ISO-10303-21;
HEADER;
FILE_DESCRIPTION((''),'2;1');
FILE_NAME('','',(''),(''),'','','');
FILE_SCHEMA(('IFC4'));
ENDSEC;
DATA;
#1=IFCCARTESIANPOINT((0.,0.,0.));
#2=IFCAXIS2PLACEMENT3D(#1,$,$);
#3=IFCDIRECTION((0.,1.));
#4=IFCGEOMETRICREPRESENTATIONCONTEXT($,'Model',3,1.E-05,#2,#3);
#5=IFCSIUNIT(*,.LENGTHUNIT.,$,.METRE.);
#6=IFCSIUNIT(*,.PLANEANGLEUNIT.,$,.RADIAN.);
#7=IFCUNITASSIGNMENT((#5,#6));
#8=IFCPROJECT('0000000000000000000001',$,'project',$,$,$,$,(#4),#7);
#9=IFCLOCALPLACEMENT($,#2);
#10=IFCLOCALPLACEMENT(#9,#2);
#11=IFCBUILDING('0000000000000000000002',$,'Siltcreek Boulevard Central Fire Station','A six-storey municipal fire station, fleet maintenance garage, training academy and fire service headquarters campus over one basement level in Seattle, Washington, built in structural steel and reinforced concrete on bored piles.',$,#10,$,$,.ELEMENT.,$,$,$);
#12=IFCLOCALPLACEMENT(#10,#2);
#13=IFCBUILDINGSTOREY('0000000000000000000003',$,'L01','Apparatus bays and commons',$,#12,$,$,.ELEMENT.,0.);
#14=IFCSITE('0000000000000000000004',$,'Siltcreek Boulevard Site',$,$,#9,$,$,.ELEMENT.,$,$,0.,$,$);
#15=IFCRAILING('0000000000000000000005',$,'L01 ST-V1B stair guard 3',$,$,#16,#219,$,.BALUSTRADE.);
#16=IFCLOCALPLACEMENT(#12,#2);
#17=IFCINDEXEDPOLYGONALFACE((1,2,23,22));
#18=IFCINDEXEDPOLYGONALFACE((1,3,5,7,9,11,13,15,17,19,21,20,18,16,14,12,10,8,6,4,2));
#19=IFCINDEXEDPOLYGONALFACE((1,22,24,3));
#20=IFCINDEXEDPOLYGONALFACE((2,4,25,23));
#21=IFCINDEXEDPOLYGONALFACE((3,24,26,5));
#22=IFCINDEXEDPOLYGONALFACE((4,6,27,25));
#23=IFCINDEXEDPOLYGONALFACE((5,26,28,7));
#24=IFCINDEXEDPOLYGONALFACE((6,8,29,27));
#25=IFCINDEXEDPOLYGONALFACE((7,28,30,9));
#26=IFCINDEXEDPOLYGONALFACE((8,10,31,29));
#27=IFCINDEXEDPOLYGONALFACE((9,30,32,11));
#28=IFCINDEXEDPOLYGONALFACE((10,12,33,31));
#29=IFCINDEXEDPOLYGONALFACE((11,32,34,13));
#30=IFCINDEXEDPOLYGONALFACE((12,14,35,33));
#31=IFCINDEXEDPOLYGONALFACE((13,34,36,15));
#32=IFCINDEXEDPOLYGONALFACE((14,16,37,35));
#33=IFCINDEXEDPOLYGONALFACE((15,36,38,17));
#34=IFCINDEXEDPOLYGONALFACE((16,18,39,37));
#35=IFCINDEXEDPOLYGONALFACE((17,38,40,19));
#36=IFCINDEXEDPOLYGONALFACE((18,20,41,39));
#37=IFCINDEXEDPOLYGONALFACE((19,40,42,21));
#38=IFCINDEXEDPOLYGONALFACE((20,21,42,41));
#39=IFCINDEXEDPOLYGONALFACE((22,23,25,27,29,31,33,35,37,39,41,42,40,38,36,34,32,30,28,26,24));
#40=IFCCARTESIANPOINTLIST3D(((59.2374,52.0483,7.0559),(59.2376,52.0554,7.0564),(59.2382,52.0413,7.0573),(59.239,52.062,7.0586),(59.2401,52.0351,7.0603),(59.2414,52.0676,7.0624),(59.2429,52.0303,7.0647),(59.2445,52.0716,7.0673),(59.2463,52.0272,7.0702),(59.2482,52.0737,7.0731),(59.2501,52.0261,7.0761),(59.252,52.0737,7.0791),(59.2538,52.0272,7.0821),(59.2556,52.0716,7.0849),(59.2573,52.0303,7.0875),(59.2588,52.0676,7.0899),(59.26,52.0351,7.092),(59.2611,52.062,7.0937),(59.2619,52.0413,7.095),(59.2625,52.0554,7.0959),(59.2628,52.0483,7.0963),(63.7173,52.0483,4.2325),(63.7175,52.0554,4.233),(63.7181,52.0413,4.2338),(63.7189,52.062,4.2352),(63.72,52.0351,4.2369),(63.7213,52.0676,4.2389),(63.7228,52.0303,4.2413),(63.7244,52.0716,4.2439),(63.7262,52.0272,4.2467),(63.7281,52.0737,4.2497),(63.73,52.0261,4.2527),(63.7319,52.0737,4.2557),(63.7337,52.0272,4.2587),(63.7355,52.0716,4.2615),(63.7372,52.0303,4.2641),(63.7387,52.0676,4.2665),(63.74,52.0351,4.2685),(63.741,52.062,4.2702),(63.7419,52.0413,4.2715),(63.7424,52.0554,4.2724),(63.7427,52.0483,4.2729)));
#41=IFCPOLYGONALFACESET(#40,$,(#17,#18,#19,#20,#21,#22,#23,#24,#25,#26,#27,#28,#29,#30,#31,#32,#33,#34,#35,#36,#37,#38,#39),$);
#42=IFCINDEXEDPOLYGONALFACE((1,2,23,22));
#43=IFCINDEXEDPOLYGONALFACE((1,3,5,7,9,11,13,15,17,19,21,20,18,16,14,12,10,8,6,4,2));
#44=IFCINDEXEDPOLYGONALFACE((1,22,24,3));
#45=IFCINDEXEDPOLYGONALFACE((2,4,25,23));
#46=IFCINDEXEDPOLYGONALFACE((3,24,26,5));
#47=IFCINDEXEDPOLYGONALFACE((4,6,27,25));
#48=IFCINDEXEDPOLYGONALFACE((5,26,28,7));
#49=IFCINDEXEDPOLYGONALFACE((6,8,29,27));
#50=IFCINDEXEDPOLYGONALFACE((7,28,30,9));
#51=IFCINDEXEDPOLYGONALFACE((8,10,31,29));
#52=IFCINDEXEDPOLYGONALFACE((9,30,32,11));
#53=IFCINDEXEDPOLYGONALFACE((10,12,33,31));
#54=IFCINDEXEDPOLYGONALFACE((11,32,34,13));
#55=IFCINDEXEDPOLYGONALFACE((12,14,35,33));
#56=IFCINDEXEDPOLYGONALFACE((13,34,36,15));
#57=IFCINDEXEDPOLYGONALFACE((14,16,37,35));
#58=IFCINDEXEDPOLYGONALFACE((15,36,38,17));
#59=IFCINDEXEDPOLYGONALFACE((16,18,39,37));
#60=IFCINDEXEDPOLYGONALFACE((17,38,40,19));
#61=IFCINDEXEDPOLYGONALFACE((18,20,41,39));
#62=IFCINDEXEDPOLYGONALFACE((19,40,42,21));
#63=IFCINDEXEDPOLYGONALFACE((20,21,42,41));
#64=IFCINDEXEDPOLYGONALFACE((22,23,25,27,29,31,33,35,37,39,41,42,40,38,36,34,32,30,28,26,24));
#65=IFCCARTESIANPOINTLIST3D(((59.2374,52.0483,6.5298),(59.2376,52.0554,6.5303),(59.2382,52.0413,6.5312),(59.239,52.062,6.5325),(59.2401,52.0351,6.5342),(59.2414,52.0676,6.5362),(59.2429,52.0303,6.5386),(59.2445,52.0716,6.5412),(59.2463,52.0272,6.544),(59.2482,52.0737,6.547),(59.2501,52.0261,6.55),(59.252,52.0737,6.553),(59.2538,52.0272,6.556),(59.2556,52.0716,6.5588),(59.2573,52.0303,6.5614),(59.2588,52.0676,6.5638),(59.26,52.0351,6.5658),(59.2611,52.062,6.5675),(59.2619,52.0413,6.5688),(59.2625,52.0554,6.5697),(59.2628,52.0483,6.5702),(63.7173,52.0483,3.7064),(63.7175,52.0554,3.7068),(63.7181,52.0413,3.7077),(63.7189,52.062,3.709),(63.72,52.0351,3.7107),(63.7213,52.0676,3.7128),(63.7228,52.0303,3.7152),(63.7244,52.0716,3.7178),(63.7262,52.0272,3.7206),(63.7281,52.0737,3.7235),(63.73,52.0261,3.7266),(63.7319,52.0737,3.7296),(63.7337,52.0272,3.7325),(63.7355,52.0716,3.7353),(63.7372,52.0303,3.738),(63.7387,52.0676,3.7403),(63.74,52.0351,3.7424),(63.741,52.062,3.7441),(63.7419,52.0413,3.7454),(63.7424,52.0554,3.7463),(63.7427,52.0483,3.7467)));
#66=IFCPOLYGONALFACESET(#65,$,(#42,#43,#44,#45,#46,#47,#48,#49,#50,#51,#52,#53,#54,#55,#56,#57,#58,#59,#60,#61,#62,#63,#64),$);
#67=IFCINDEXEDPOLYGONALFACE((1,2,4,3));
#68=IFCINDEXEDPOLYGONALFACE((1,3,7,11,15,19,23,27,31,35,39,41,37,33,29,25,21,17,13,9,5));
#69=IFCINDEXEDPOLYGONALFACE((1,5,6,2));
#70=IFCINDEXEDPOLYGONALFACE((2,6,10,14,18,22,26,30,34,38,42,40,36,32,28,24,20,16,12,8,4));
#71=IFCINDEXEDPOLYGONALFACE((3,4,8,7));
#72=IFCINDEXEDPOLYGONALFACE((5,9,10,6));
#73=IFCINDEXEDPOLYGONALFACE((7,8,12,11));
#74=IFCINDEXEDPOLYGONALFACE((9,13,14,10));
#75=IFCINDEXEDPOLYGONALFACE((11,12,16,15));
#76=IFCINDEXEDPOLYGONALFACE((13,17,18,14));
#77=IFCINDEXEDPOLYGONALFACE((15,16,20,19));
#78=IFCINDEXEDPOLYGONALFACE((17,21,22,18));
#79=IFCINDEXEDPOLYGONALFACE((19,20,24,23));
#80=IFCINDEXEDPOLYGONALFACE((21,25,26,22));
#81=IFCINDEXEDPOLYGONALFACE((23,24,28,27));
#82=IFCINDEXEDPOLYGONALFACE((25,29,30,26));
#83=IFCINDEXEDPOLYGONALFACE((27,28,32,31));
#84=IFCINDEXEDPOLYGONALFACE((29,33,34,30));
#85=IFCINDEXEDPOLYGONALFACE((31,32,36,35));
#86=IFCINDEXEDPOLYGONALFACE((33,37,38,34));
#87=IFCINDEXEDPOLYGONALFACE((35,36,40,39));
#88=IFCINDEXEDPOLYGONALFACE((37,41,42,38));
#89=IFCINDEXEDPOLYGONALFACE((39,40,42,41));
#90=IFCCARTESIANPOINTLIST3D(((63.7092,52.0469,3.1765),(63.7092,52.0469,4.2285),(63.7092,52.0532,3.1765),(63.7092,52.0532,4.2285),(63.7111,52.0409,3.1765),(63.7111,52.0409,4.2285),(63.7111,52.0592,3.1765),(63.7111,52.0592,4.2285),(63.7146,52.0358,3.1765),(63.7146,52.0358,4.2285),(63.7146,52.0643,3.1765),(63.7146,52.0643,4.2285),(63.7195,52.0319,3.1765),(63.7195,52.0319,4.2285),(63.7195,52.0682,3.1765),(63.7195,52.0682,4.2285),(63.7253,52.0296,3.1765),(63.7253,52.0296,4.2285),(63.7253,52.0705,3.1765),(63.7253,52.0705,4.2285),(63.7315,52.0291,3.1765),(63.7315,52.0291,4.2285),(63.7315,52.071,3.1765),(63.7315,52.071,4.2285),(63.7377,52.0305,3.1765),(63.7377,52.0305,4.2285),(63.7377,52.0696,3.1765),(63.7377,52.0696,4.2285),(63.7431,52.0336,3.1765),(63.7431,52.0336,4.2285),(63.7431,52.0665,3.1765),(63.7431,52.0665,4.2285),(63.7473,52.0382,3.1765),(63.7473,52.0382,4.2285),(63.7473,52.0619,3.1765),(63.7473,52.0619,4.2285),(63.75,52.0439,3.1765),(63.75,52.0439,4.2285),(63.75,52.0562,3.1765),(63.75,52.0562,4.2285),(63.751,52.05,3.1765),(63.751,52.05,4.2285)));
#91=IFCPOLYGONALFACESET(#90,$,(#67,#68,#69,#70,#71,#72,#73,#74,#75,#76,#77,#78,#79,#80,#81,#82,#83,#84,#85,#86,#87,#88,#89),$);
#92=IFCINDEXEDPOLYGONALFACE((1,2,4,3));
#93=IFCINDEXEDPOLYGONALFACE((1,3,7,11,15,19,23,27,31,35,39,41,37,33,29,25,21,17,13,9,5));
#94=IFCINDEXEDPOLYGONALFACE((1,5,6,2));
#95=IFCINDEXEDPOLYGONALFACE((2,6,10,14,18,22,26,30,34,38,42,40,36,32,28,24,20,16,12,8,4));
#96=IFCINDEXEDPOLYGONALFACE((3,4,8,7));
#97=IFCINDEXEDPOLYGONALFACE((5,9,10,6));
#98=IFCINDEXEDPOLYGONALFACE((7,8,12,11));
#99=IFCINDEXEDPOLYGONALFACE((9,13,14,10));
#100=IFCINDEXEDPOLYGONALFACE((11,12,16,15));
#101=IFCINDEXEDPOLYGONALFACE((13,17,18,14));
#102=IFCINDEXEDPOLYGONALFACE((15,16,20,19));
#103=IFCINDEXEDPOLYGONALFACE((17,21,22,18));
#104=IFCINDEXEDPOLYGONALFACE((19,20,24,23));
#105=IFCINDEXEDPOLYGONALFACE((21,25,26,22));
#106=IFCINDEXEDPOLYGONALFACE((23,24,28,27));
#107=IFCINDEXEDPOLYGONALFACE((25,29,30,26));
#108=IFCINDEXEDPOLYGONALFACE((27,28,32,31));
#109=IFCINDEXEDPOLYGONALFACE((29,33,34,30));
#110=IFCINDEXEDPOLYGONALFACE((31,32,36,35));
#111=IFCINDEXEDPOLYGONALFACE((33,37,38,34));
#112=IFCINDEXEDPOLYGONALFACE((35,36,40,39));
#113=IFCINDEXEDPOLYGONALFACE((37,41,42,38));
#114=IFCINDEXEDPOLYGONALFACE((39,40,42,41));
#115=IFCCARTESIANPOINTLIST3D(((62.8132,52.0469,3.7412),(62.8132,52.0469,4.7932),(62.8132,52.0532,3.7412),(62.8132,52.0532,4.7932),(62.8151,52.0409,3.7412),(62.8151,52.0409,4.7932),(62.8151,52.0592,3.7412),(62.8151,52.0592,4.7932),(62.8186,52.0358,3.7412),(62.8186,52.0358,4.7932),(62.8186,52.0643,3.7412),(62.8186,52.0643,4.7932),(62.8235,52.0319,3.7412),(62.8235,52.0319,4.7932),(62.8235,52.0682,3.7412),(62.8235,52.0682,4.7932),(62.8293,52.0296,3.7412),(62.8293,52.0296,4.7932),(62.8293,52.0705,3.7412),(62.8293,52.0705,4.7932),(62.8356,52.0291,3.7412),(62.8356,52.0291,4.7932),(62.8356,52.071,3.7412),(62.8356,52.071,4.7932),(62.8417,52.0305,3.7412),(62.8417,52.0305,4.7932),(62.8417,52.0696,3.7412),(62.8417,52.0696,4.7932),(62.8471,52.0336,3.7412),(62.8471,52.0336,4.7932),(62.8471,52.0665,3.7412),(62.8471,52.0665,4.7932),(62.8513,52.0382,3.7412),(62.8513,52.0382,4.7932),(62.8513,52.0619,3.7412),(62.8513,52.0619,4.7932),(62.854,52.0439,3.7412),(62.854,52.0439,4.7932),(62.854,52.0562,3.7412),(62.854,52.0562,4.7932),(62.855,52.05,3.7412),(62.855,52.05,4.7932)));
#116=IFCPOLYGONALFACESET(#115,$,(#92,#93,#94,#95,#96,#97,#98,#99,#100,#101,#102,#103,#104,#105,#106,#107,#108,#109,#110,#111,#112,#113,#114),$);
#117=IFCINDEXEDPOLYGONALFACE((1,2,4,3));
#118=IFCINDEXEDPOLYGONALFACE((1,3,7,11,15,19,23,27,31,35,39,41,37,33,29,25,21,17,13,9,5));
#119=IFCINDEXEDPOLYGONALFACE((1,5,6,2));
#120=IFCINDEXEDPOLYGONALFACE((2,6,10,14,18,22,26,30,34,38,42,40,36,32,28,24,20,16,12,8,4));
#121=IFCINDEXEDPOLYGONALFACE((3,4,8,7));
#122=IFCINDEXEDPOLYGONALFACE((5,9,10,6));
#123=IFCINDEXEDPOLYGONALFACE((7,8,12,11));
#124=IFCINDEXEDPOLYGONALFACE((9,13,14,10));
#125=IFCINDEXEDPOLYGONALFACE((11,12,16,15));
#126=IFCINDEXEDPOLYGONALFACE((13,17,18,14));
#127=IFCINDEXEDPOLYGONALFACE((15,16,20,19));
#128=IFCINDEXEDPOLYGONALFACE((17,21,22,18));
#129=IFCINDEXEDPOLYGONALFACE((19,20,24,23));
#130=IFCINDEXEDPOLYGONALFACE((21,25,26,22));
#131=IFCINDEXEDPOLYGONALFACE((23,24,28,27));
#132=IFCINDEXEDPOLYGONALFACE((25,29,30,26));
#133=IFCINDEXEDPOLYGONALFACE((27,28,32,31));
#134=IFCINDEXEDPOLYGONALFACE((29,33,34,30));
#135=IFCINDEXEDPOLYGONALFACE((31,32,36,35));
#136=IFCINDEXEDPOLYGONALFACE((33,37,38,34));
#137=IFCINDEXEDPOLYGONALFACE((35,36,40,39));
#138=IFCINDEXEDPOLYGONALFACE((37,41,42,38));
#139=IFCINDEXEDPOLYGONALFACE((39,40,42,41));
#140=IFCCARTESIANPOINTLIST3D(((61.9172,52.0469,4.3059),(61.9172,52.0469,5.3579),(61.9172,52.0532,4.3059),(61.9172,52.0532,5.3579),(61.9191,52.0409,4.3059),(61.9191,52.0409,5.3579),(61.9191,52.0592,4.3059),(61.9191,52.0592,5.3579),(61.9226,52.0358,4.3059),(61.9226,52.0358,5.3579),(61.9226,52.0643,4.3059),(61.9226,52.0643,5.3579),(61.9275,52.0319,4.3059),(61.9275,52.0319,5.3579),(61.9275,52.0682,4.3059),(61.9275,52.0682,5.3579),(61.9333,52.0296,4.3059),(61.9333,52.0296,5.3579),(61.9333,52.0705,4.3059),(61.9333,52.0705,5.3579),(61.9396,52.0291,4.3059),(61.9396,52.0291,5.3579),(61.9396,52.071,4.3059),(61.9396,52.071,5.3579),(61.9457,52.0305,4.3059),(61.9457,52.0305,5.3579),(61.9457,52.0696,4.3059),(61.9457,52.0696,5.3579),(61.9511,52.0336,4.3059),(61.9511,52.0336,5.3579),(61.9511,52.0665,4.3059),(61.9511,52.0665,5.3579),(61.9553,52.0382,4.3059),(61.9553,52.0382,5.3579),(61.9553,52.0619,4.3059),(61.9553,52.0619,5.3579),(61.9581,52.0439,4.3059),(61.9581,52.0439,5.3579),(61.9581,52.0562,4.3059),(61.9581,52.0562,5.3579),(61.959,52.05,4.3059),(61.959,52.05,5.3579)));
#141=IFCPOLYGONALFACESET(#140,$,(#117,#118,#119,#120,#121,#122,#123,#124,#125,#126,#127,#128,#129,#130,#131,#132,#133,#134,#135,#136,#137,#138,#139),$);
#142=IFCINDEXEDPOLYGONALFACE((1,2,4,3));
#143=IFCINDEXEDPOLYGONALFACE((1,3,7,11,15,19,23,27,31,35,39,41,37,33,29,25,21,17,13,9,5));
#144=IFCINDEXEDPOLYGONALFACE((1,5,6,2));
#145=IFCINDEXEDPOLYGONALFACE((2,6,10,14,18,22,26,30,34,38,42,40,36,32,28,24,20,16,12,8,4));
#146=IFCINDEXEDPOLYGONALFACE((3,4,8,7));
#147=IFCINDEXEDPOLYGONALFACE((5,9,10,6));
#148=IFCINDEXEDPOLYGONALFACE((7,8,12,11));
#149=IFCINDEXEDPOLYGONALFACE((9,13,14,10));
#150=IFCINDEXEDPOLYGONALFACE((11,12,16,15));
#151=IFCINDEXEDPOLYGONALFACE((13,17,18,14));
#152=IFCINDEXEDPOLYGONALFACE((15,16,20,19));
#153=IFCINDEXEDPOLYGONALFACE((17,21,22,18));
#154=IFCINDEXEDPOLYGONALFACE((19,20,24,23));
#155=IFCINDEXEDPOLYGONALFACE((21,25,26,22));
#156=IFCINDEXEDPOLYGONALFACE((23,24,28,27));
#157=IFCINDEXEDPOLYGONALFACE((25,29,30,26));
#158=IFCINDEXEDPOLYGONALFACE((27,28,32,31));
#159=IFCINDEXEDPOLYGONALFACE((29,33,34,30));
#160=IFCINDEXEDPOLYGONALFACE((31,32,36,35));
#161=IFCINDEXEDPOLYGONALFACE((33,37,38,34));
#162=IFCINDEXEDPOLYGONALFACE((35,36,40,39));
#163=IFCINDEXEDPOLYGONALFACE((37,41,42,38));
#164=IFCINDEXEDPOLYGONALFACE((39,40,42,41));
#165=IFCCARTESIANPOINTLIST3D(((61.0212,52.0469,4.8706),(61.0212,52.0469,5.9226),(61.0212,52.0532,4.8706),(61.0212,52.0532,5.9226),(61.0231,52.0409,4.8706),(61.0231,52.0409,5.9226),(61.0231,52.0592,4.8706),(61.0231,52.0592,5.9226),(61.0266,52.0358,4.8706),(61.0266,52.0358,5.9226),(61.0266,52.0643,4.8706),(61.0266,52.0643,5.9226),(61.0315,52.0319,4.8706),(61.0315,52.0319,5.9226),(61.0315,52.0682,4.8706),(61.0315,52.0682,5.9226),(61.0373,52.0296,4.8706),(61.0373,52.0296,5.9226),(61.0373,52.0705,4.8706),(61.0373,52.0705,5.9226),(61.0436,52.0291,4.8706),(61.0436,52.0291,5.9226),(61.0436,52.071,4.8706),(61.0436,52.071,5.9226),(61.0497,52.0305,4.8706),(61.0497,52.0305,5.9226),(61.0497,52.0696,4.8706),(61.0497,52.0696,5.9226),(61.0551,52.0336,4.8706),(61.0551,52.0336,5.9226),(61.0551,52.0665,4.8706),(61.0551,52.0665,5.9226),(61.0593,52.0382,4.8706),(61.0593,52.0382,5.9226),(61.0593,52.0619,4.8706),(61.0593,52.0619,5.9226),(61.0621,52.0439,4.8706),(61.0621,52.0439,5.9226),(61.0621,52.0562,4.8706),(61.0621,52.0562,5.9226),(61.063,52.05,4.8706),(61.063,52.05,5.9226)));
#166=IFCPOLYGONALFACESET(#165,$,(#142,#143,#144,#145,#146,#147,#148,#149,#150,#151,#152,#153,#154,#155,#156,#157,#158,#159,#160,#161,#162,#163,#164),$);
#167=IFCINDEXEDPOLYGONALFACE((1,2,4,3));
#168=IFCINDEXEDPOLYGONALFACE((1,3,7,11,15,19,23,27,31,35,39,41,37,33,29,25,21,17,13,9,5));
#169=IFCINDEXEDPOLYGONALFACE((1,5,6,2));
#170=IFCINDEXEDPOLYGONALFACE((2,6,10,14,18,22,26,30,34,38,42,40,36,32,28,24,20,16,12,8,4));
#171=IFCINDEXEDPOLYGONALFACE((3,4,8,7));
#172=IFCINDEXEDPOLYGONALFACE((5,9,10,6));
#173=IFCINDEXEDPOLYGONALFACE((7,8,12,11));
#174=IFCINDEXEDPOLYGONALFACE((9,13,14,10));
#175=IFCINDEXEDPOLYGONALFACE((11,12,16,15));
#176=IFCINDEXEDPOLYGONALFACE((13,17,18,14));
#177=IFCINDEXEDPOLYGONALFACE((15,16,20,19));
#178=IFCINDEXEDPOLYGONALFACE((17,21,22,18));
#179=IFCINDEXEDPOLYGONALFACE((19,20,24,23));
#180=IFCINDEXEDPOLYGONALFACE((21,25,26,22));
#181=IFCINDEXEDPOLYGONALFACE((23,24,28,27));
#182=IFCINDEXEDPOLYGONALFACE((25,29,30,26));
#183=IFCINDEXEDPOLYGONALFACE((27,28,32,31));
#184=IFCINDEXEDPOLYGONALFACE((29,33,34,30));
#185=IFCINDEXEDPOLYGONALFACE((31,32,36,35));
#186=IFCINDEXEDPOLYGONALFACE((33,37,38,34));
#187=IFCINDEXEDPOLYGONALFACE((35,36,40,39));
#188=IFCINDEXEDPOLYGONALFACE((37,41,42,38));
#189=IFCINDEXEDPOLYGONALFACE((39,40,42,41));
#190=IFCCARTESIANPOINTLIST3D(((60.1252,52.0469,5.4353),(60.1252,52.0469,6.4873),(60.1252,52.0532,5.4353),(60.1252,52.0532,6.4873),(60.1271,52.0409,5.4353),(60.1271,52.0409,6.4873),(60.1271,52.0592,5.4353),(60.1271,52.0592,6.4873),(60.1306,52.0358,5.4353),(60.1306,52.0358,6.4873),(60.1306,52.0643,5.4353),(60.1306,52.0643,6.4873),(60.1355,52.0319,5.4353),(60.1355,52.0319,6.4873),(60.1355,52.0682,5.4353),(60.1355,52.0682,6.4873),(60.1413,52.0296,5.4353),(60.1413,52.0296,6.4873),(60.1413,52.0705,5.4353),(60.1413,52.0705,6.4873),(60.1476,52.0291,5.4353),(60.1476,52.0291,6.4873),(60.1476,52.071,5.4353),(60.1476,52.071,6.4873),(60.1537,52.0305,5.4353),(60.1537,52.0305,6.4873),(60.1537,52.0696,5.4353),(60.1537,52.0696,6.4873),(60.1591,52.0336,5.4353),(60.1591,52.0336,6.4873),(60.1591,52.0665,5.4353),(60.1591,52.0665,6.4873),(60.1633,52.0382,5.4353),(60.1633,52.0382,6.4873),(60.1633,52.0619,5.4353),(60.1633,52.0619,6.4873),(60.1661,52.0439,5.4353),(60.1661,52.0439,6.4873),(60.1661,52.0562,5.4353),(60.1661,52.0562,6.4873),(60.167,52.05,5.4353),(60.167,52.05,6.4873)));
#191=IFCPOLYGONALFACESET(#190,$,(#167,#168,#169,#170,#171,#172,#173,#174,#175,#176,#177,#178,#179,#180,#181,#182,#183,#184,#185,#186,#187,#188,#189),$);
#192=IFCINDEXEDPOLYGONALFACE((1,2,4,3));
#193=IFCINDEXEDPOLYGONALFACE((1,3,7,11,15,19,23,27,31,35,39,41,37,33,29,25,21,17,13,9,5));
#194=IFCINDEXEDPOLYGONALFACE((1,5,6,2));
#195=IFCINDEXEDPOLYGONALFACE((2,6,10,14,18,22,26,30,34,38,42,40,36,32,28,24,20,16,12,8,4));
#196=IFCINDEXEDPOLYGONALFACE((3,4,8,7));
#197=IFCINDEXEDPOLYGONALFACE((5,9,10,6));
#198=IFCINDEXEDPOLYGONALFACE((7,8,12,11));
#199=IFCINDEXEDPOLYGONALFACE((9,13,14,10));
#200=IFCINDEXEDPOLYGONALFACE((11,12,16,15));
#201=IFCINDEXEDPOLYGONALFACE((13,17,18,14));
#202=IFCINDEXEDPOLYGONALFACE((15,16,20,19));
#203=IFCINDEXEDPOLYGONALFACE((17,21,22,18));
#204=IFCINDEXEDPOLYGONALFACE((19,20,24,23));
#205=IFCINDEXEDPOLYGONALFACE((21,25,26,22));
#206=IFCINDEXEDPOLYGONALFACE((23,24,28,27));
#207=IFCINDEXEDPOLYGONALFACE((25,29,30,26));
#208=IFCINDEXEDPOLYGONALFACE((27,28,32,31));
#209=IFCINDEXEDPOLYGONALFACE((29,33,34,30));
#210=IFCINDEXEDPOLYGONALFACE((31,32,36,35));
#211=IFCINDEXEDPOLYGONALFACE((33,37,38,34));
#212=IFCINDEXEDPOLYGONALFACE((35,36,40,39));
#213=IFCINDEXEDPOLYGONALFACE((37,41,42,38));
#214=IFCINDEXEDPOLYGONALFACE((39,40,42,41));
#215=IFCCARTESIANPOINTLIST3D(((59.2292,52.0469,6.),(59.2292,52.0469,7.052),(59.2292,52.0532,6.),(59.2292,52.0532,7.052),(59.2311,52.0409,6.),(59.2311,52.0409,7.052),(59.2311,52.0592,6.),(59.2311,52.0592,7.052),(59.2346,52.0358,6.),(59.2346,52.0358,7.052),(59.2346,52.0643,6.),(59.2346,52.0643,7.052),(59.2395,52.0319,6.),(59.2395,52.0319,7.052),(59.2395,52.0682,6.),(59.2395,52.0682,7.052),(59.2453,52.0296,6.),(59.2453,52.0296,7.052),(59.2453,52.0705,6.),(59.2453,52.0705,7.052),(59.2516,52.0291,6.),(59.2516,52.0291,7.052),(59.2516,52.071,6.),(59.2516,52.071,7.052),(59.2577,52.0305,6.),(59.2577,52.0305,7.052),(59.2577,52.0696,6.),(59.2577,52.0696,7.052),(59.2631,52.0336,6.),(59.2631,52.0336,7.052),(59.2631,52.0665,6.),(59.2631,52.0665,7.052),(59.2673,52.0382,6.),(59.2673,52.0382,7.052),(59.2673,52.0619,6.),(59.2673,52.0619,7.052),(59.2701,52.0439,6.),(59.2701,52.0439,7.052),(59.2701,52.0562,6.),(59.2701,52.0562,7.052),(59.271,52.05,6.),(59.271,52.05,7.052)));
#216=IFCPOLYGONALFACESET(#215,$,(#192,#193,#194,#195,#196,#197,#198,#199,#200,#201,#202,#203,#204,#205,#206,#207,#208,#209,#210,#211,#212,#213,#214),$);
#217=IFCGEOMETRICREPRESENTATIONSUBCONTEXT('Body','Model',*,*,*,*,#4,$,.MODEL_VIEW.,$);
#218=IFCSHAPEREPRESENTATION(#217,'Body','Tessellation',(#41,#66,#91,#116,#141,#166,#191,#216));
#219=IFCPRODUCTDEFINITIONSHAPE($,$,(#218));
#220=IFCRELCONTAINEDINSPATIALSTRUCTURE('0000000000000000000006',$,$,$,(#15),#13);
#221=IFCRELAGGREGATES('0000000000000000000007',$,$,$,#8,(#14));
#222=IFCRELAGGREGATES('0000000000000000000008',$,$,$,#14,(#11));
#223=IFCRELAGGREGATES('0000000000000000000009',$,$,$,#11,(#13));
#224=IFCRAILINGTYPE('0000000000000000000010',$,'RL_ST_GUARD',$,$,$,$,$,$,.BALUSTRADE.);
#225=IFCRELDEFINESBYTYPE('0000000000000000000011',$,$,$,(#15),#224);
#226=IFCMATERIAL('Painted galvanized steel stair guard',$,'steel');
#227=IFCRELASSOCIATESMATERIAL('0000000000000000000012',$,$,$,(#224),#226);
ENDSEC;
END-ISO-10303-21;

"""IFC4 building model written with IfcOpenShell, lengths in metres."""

from ifc_helpers import new_model, si_unit, direction, frame, origin, origin_2d, place, context, subcontext, project, spatial, circle, extrude, material, type_object, element, save


model = new_model("IFC4")

# Units and contexts
model_context = context("Model", 3, precision=1e-05, world=origin(), true_north=direction((0.0, 1.0)))
body_context = subcontext(model_context, "Body", "Model", "MODEL_VIEW")
ifc_project = project(units=[si_unit("LENGTHUNIT", "METRE"), si_unit("PLANEANGLEUNIT", "RADIAN")], contexts=[model_context])

# Site, building, storey
site_placement = place(None, origin())
site = spatial("IfcSite", under=ifc_project, at=site_placement, Name="Siltcreek Boulevard Site", CompositionType="ELEMENT", RefElevation=0.0)
building_placement = place(site_placement, origin())
building = spatial("IfcBuilding", under=site, at=building_placement, Name="Siltcreek Boulevard Central Fire Station", Description="A six-storey municipal fire station, fleet maintenance garage, training academy and fire service headquarters campus over one basement level in Seattle, Washington, built in structural steel and reinforced concrete on bored piles.", CompositionType="ELEMENT")
storey_placement = place(building_placement, origin())
storey = spatial("IfcBuildingStorey", under=building, at=storey_placement, Name="L01", Description="Apparatus bays and commons", CompositionType="ELEMENT", Elevation=0.0)

# Railing
ifc_material_1 = material(Name="Painted galvanized steel stair guard", Category="steel")
railing_type_1 = type_object("IfcRailingType", Name="RL_ST_GUARD", PredefinedType="BALUSTRADE", material=ifc_material_1)
railing_1_placement = place(storey_placement, frame((63.73, 52.05, 3.1765)))
element("IfcRailing", 1, at=railing_1_placement, inside=storey, type_object=railing_type_1, Name="L01 ST-V1B stair guard 3", PredefinedType="BALUSTRADE", context=body_context, shape_type="SweptSolid", body=[
    extrude(circle(Radius=0.0239, at=origin_2d()), frame((0.0, 0.0, 1.0762), z_axis=(-0.845998, 0.0, 0.533186), x_axis=(0.0, -1.0, 0.0)), (0.0, 0.0, 1.0), 5.2954),
    extrude(circle(Radius=0.0239, at=origin_2d()), frame((0.0, 0.0, 0.55), z_axis=(-0.845998, 0.0, 0.533186), x_axis=(0.0, -1.0, 0.0)), (0.0, 0.0, 1.0), 5.2954),
    extrude(circle(Radius=0.021, at=origin_2d()), origin(), (0.0, 0.0, 1.0), 1.052),
    extrude(circle(Radius=0.021, at=origin_2d()), frame((-0.896, 0.0, 0.5647)), (0.0, 0.0, 1.0), 1.052),
    extrude(circle(Radius=0.021, at=origin_2d()), frame((-1.792, 0.0, 1.1294)), (0.0, 0.0, 1.0), 1.052),
    extrude(circle(Radius=0.021, at=origin_2d()), frame((-2.688, 0.0, 1.6941)), (0.0, 0.0, 1.0), 1.052),
    extrude(circle(Radius=0.021, at=origin_2d()), frame((-3.584, 0.0, 2.2588)), (0.0, 0.0, 1.0), 1.052),
    extrude(circle(Radius=0.021, at=origin_2d()), frame((-4.48, 0.0, 2.8235)), (0.0, 0.0, 1.0), 1.052),
])

save(model, "model.ifc")
